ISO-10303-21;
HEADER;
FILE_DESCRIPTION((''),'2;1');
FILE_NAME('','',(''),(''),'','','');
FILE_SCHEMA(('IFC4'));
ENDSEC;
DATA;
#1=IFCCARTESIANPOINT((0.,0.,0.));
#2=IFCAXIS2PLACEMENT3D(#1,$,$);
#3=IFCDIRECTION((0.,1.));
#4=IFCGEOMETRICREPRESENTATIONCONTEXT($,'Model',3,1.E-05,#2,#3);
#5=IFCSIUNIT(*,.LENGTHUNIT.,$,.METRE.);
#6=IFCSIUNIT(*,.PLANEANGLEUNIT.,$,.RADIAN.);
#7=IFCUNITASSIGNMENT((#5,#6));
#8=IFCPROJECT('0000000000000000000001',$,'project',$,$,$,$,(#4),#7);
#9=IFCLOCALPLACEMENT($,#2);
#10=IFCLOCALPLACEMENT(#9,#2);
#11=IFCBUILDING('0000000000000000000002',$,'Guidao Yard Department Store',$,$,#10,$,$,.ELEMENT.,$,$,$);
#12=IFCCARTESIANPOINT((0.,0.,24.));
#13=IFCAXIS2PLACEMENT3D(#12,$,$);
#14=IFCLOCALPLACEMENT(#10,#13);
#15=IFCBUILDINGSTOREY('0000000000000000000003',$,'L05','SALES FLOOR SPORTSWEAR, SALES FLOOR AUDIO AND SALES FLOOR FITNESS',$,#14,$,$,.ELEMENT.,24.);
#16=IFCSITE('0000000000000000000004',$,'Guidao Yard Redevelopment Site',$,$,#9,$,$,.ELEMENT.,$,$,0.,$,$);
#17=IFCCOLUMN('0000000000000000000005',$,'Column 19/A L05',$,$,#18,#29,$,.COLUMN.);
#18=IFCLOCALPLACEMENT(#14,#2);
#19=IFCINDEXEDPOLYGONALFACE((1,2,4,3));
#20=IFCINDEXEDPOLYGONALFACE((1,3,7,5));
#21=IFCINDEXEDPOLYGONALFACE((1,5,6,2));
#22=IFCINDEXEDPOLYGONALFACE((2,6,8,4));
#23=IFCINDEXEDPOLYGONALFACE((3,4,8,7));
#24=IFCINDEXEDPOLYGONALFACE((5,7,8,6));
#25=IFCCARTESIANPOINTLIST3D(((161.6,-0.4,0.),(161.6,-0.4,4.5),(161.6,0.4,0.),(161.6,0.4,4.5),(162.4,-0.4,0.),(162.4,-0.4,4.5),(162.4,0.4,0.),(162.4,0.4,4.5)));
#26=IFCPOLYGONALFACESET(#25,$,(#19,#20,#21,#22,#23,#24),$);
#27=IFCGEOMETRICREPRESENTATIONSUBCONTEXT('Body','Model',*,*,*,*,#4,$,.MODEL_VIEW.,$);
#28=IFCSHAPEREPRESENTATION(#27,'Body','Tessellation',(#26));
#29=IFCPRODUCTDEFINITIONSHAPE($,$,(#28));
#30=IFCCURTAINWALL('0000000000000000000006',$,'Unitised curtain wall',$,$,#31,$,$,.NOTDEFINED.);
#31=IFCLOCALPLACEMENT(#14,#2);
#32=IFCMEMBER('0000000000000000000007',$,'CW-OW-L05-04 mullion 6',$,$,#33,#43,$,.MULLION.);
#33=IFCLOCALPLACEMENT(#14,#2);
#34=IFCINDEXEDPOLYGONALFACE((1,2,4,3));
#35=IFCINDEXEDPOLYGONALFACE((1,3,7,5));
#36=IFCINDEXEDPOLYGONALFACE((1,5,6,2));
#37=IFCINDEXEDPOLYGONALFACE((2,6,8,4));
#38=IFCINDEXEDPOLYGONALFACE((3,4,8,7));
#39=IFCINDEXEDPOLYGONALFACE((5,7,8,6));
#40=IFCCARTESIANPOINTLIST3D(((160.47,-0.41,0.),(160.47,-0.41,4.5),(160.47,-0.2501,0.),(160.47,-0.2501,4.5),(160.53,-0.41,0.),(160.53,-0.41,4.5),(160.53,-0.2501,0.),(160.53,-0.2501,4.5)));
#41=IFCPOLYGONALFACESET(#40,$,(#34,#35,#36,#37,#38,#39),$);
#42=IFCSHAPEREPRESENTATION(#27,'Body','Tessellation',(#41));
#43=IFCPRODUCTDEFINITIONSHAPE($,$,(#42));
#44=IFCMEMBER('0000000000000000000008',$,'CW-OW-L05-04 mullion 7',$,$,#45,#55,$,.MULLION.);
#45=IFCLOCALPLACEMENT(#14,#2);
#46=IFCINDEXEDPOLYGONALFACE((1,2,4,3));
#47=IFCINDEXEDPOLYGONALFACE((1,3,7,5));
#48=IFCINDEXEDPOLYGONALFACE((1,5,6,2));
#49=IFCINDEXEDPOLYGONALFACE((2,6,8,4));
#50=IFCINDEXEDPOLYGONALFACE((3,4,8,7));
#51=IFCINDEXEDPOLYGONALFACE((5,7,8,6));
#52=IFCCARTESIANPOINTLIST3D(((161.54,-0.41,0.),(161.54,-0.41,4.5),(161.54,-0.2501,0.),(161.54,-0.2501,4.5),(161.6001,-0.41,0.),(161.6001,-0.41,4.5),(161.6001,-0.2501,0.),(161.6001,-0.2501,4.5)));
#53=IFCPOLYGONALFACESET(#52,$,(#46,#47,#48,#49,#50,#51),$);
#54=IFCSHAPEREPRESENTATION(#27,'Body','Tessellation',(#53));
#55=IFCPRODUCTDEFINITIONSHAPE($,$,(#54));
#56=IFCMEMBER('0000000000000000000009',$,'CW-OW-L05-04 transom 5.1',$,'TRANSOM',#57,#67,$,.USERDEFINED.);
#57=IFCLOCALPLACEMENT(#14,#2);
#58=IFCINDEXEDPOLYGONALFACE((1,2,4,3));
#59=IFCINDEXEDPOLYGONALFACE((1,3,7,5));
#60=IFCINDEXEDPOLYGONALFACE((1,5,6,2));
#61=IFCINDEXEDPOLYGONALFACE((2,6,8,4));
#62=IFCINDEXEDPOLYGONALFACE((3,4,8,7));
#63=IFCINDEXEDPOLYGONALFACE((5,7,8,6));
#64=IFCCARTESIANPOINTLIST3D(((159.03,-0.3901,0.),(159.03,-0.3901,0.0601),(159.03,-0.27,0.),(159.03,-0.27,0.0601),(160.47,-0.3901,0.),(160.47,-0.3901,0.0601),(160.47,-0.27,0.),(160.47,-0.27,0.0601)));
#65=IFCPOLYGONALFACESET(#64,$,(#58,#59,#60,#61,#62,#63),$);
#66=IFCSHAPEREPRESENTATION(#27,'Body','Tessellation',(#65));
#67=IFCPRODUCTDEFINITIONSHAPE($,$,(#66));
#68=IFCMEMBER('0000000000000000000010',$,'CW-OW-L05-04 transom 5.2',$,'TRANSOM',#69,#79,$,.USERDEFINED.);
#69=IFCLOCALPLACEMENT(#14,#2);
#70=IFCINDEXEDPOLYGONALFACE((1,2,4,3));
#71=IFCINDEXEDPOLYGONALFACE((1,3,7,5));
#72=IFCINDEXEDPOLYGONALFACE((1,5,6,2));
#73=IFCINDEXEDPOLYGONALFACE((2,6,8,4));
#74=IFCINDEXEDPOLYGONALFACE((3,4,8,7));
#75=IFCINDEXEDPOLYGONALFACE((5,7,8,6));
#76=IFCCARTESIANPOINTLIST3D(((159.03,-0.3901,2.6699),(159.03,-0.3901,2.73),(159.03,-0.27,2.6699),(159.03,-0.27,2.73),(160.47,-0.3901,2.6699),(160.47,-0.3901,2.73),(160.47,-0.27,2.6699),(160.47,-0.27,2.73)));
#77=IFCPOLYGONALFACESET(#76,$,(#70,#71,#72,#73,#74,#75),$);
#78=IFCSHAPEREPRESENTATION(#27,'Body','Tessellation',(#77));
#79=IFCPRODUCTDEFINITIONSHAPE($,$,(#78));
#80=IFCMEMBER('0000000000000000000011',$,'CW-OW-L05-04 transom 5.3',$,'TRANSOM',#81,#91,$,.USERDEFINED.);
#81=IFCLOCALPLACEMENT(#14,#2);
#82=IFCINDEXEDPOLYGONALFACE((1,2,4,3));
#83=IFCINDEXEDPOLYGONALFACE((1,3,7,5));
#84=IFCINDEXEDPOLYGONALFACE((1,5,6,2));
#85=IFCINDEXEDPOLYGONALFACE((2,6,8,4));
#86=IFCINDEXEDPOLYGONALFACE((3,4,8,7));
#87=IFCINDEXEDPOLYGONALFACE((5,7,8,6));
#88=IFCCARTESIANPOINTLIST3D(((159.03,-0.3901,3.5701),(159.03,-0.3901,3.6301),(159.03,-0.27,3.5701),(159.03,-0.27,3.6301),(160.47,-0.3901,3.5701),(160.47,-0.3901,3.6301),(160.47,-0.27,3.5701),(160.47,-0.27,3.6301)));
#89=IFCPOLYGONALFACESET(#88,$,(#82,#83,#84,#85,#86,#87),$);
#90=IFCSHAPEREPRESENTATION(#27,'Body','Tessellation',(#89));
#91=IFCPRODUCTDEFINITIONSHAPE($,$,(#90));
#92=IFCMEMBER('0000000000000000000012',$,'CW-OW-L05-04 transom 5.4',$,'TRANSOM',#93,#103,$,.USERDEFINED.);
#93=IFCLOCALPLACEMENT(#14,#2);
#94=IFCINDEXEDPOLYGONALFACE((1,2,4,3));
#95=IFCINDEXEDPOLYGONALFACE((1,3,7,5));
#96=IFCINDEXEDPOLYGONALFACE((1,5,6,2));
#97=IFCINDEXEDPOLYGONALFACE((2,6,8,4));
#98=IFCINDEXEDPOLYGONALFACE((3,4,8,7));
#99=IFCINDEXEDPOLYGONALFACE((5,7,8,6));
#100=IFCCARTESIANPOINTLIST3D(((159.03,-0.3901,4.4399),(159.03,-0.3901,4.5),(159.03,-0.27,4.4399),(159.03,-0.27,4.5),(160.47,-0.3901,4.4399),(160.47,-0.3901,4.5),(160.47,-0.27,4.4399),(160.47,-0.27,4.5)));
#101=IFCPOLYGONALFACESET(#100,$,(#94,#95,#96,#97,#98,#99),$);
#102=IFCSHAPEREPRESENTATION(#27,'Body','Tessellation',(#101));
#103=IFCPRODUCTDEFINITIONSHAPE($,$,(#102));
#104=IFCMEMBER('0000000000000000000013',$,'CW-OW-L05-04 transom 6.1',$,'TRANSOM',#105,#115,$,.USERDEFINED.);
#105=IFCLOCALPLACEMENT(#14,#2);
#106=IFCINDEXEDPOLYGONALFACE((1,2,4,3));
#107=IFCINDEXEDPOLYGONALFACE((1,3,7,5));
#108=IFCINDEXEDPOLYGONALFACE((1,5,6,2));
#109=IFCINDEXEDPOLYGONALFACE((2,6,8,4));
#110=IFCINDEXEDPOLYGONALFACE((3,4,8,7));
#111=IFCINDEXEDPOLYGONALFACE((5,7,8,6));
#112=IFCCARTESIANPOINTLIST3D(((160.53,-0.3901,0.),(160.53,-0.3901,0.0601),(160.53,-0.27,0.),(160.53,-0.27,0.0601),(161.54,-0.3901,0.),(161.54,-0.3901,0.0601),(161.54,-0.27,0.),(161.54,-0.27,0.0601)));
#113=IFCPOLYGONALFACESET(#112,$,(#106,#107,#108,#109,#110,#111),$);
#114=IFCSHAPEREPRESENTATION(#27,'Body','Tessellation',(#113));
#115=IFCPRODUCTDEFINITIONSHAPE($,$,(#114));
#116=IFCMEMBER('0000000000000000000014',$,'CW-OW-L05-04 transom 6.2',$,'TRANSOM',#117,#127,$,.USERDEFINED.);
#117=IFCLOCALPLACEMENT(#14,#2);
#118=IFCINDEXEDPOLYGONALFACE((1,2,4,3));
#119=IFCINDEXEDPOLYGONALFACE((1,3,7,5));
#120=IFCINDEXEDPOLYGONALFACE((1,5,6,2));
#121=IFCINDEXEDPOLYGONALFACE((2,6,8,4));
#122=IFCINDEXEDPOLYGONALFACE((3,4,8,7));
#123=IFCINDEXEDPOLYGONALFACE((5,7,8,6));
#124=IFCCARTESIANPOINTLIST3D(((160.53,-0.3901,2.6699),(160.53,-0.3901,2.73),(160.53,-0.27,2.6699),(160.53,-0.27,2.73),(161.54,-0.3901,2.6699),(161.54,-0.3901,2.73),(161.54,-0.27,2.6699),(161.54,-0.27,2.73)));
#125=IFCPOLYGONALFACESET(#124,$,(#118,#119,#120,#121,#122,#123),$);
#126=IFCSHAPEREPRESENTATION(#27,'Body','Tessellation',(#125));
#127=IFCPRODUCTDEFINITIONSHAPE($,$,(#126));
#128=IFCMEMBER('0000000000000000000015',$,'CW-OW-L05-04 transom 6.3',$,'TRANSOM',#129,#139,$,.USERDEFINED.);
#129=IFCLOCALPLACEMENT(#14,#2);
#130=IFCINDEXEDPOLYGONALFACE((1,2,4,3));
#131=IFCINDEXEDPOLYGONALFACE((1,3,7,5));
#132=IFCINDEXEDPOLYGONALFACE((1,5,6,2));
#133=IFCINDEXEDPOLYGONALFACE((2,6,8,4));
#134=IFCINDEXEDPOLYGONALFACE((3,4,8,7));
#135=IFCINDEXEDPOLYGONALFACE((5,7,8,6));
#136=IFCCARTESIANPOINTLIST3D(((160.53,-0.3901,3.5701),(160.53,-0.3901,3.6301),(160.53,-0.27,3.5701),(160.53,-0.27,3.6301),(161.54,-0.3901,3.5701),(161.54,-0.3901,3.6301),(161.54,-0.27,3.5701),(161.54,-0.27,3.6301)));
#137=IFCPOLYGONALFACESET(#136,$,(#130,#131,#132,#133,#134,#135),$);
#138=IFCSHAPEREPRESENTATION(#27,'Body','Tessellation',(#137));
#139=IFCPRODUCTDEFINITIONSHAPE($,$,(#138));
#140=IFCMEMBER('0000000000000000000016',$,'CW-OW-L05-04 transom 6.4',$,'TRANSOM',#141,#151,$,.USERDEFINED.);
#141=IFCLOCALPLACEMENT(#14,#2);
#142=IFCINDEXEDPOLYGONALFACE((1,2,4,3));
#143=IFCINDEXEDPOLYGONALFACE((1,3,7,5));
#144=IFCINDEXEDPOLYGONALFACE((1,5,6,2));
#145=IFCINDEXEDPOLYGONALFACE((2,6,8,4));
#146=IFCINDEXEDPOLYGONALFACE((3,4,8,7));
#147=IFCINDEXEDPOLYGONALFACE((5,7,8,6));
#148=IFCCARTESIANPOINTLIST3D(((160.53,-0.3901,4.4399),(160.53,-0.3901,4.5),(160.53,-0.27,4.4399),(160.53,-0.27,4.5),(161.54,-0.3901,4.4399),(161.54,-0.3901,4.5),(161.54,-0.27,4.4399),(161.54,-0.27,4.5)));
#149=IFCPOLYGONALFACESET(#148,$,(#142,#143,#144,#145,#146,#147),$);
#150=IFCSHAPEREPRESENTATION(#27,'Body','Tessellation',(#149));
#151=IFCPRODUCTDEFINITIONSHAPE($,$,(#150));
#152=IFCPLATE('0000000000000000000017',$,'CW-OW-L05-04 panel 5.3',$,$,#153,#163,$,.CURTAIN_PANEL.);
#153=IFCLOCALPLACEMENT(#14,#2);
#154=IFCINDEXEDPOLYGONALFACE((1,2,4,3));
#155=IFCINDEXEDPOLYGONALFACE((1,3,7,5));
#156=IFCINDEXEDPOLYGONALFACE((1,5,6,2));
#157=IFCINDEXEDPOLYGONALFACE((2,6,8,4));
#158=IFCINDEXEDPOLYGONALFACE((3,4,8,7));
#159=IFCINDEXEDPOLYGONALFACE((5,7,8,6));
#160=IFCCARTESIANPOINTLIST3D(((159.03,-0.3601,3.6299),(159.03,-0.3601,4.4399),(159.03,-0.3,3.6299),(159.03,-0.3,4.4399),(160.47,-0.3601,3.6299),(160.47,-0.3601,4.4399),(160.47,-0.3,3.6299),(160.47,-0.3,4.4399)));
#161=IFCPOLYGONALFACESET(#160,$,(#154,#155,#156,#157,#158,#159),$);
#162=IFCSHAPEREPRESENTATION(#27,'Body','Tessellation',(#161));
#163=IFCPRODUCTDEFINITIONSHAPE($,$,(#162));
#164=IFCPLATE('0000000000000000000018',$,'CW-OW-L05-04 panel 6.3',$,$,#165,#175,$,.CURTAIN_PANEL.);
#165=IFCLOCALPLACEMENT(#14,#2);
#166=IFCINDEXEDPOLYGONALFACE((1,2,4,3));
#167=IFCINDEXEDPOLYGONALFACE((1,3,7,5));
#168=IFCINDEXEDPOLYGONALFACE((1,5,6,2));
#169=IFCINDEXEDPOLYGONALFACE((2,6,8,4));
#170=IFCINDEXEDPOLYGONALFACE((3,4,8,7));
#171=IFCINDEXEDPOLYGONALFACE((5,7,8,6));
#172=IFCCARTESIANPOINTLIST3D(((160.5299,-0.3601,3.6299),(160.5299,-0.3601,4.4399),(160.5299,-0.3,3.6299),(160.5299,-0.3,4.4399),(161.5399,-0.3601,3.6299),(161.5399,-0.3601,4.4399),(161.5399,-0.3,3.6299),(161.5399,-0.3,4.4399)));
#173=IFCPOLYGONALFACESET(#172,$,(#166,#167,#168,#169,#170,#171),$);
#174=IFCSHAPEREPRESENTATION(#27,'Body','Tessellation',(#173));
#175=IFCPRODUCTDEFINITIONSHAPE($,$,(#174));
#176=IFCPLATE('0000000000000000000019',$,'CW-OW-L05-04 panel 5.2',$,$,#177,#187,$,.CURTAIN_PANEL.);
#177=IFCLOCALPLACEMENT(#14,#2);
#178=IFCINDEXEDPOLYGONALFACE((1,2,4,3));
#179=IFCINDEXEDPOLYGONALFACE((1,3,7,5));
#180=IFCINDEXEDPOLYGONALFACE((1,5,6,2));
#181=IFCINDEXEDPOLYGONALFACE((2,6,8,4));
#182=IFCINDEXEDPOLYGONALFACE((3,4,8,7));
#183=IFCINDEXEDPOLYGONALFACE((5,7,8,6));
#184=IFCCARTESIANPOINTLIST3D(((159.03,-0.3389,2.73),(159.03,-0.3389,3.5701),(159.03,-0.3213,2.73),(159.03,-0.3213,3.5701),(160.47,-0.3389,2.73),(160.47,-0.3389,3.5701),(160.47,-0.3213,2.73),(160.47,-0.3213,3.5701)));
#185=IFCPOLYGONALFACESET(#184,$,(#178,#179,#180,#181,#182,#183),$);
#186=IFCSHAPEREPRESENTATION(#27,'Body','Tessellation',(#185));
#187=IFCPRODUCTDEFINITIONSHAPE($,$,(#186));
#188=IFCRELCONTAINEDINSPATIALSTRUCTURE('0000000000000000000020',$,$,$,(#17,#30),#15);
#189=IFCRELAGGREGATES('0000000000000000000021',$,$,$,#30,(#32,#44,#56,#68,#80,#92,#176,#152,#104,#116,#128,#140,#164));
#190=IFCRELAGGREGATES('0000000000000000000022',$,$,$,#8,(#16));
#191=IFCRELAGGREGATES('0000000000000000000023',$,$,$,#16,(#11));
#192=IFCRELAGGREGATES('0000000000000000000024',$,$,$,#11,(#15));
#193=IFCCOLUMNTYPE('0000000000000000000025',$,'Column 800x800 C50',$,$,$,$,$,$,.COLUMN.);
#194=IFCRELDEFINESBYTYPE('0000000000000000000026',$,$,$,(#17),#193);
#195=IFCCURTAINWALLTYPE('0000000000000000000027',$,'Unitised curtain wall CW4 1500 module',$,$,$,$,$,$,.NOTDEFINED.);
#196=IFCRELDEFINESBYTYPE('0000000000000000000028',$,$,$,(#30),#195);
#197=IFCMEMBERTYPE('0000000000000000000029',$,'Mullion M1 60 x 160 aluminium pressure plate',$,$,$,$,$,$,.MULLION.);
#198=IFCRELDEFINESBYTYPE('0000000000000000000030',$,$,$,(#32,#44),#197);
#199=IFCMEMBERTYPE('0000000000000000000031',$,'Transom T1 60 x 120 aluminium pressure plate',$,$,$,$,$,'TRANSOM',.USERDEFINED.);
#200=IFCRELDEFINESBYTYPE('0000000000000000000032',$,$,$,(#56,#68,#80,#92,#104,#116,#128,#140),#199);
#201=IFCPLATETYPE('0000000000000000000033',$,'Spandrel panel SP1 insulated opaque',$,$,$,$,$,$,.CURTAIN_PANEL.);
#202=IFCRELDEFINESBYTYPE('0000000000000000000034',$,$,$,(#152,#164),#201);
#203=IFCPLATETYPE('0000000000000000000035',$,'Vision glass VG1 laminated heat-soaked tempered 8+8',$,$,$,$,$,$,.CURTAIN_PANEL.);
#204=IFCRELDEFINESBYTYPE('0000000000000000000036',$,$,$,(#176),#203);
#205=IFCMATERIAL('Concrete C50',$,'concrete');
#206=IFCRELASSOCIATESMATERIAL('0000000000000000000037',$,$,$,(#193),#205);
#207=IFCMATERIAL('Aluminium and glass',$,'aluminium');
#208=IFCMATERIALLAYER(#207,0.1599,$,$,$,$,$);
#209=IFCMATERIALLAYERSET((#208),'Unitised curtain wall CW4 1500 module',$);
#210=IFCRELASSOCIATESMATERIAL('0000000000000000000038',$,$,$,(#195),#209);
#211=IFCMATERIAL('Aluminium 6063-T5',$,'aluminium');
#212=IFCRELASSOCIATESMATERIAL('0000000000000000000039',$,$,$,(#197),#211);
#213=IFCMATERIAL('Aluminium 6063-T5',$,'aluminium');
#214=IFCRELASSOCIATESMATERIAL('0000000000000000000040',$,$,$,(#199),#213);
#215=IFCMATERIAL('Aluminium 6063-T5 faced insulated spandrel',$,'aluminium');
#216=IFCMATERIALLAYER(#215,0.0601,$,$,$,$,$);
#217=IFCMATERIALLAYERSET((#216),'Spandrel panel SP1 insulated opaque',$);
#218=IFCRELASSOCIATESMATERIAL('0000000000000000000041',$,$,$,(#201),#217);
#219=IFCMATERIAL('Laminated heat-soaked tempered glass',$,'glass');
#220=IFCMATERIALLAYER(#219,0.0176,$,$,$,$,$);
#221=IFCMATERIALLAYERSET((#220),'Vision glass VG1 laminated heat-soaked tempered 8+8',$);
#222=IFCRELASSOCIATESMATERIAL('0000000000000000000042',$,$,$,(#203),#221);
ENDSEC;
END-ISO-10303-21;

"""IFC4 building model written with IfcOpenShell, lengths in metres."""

from ifc_helpers import new_model, si_unit, direction, frame, origin, origin_2d, place, context, subcontext, project, spatial, rectangle, extrude, material, layer, layer_set, material_profile, profile_set, type_object, element, aggregate, save


model = new_model("IFC4")

# Units and contexts
model_context = context("Model", 3, precision=1e-05, world=origin(), true_north=direction((0.0, 1.0)))
body_context = subcontext(model_context, "Body", "Model", "MODEL_VIEW")
ifc_project = project(units=[si_unit("LENGTHUNIT", "METRE"), si_unit("PLANEANGLEUNIT", "RADIAN")], contexts=[model_context])

# Site, building, storey
site_placement = place(None, origin())
site = spatial("IfcSite", under=ifc_project, at=site_placement, Name="Guidao Yard Redevelopment Site", CompositionType="ELEMENT", RefElevation=0.0)
building_placement = place(site_placement, origin())
building = spatial("IfcBuilding", under=site, at=building_placement, Name="Guidao Yard Department Store", CompositionType="ELEMENT")
storey_placement = place(building_placement, frame((0.0, 0.0, 24.0)))
storey = spatial("IfcBuildingStorey", under=building, at=storey_placement, Name="L05", Description="SALES FLOOR SPORTSWEAR, SALES FLOOR AUDIO AND SALES FLOOR FITNESS", CompositionType="ELEMENT", Elevation=24.0)

# Column
ifc_material_1 = material(Name="Concrete C50", Category="concrete")
ifc_material_profile_1 = material_profile(ifc_material_1, rectangle(XDim=0.8, YDim=0.8, at=origin_2d()), Name="COL 800x800")
ifc_profile_set_1 = profile_set([ifc_material_profile_1], Name="Concrete C50")
column_type = type_object("IfcColumnType", Name="Column 800x800 C50", PredefinedType="COLUMN", material=ifc_profile_set_1)
column_placement = place(storey_placement, frame((162.0, 0.0, 0.0), z_axis=(0.0, 0.0, 1.0), x_axis=(1.0, 0.0, 0.0)))
element("IfcColumn", 1, at=column_placement, inside=storey, type_object=column_type, Name="Column 19/A L05", PredefinedType="COLUMN", context=body_context, shape_type="SweptSolid", body=[
    extrude(rectangle(XDim=0.8, YDim=0.8, at=origin_2d()), origin(), (0.0, 0.0, 1.0), 4.5),
])

# Curtain wall, members, plates
ifc_material_2 = material(Name="Aluminium and glass", Category="aluminium")
ifc_layer_1 = layer(ifc_material_2, 0.1599)
ifc_layer_set_1 = layer_set([ifc_layer_1], Name="Unitised curtain wall CW4 1500 module")
curtain_wall_type = type_object("IfcCurtainWallType", Name="Unitised curtain wall CW4 1500 module", PredefinedType="NOTDEFINED", material=ifc_layer_set_1)
curtain_wall_placement = place(storey_placement, origin())
curtain_wall = element("IfcCurtainWall", 2, at=curtain_wall_placement, inside=storey, type_object=curtain_wall_type, Name="Unitised curtain wall", PredefinedType="NOTDEFINED")
ifc_material_3 = material(Name="Aluminium 6063-T5", Category="aluminium")
ifc_material_profile_2 = material_profile(ifc_material_3, rectangle(XDim=0.0601, YDim=0.1599, at=origin_2d()), Name="Mullion M1 60 x 160 aluminium pressure plate")
ifc_profile_set_2 = profile_set([ifc_material_profile_2], Name="Aluminium 6063-T5")
member_type_1 = type_object("IfcMemberType", Name="Mullion M1 60 x 160 aluminium pressure plate", PredefinedType="MULLION", material=ifc_profile_set_2)
member_1_placement = place(storey_placement, frame((160.5, -0.3301, 0.0), z_axis=(0.0, 0.0, 1.0), x_axis=(-1.0, 0.0, 0.0)))
member_1 = element("IfcMember", 3, at=member_1_placement, type_object=member_type_1, Name="CW-OW-L05-04 mullion 6", PredefinedType="MULLION", context=body_context, shape_type="SweptSolid", body=[
    extrude(rectangle(XDim=0.0601, YDim=0.1599, at=origin_2d()), origin(), (0.0, 0.0, 1.0), 4.5),
])
member_2_placement = place(storey_placement, frame((161.5701, -0.3301, 0.0), z_axis=(0.0, 0.0, 1.0), x_axis=(-1.0, 0.0, 0.0)))
member_2 = element("IfcMember", 4, at=member_2_placement, type_object=member_type_1, Name="CW-OW-L05-04 mullion 7", PredefinedType="MULLION", context=body_context, shape_type="SweptSolid", body=[
    extrude(rectangle(XDim=0.0601, YDim=0.1599, at=origin_2d()), origin(), (0.0, 0.0, 1.0), 4.5),
])
ifc_material_4 = material(Name="Aluminium 6063-T5", Category="aluminium")
ifc_material_profile_3 = material_profile(ifc_material_4, rectangle(XDim=0.1201, YDim=0.0601, at=origin_2d()), Name="Transom T1 60 x 120 aluminium pressure plate")
ifc_profile_set_3 = profile_set([ifc_material_profile_3], Name="Aluminium 6063-T5")
member_type_2 = type_object("IfcMemberType", Name="Transom T1 60 x 120 aluminium pressure plate", ElementType="TRANSOM", PredefinedType="USERDEFINED", material=ifc_profile_set_3)
member_3_placement = place(storey_placement, frame((160.47, -0.3301, 0.03), z_axis=(-1.0, 0.0, 0.0), x_axis=(0.0, -1.0, 0.0)))
member_3 = element("IfcMember", 5, at=member_3_placement, type_object=member_type_2, Name="CW-OW-L05-04 transom 5.1", ObjectType="TRANSOM", PredefinedType="USERDEFINED", context=body_context, shape_type="SweptSolid", body=[
    extrude(rectangle(XDim=0.1201, YDim=0.0601, at=origin_2d()), origin(), (0.0, 0.0, 1.0), 1.4399),
])
member_4_placement = place(storey_placement, frame((160.47, -0.3301, 2.7), z_axis=(-1.0, 0.0, 0.0), x_axis=(0.0, -1.0, 0.0)))
member_4 = element("IfcMember", 6, at=member_4_placement, type_object=member_type_2, Name="CW-OW-L05-04 transom 5.2", ObjectType="TRANSOM", PredefinedType="USERDEFINED", context=body_context, shape_type="SweptSolid", body=[
    extrude(rectangle(XDim=0.1201, YDim=0.0601, at=origin_2d()), origin(), (0.0, 0.0, 1.0), 1.4399),
])
member_5_placement = place(storey_placement, frame((160.47, -0.3301, 3.6001), z_axis=(-1.0, 0.0, 0.0), x_axis=(0.0, -1.0, 0.0)))
member_5 = element("IfcMember", 7, at=member_5_placement, type_object=member_type_2, Name="CW-OW-L05-04 transom 5.3", ObjectType="TRANSOM", PredefinedType="USERDEFINED", context=body_context, shape_type="SweptSolid", body=[
    extrude(rectangle(XDim=0.1201, YDim=0.0601, at=origin_2d()), origin(), (0.0, 0.0, 1.0), 1.4399),
])
member_6_placement = place(storey_placement, frame((160.47, -0.3301, 4.47), z_axis=(-1.0, 0.0, 0.0), x_axis=(0.0, -1.0, 0.0)))
member_6 = element("IfcMember", 8, at=member_6_placement, type_object=member_type_2, Name="CW-OW-L05-04 transom 5.4", ObjectType="TRANSOM", PredefinedType="USERDEFINED", context=body_context, shape_type="SweptSolid", body=[
    extrude(rectangle(XDim=0.1201, YDim=0.0601, at=origin_2d()), origin(), (0.0, 0.0, 1.0), 1.4399),
])
member_7_placement = place(storey_placement, frame((161.54, -0.3301, 0.03), z_axis=(-1.0, 0.0, 0.0), x_axis=(0.0, -1.0, 0.0)))
member_7 = element("IfcMember", 9, at=member_7_placement, type_object=member_type_2, Name="CW-OW-L05-04 transom 6.1", ObjectType="TRANSOM", PredefinedType="USERDEFINED", context=body_context, shape_type="SweptSolid", body=[
    extrude(rectangle(XDim=0.1201, YDim=0.0601, at=origin_2d()), origin(), (0.0, 0.0, 1.0), 1.01),
])
member_8_placement = place(storey_placement, frame((161.54, -0.3301, 2.7), z_axis=(-1.0, 0.0, 0.0), x_axis=(0.0, -1.0, 0.0)))
member_8 = element("IfcMember", 10, at=member_8_placement, type_object=member_type_2, Name="CW-OW-L05-04 transom 6.2", ObjectType="TRANSOM", PredefinedType="USERDEFINED", context=body_context, shape_type="SweptSolid", body=[
    extrude(rectangle(XDim=0.1201, YDim=0.0601, at=origin_2d()), origin(), (0.0, 0.0, 1.0), 1.01),
])
member_9_placement = place(storey_placement, frame((161.54, -0.3301, 3.6001), z_axis=(-1.0, 0.0, 0.0), x_axis=(0.0, -1.0, 0.0)))
member_9 = element("IfcMember", 11, at=member_9_placement, type_object=member_type_2, Name="CW-OW-L05-04 transom 6.3", ObjectType="TRANSOM", PredefinedType="USERDEFINED", context=body_context, shape_type="SweptSolid", body=[
    extrude(rectangle(XDim=0.1201, YDim=0.0601, at=origin_2d()), origin(), (0.0, 0.0, 1.0), 1.01),
])
member_10_placement = place(storey_placement, frame((161.54, -0.3301, 4.47), z_axis=(-1.0, 0.0, 0.0), x_axis=(0.0, -1.0, 0.0)))
member_10 = element("IfcMember", 12, at=member_10_placement, type_object=member_type_2, Name="CW-OW-L05-04 transom 6.4", ObjectType="TRANSOM", PredefinedType="USERDEFINED", context=body_context, shape_type="SweptSolid", body=[
    extrude(rectangle(XDim=0.1201, YDim=0.0601, at=origin_2d()), origin(), (0.0, 0.0, 1.0), 1.01),
])
ifc_material_5 = material(Name="Aluminium 6063-T5 faced insulated spandrel", Category="aluminium")
ifc_layer_2 = layer(ifc_material_5, 0.0601)
ifc_layer_set_2 = layer_set([ifc_layer_2], Name="Spandrel panel SP1 insulated opaque")
plate_type_1 = type_object("IfcPlateType", Name="Spandrel panel SP1 insulated opaque", PredefinedType="CURTAIN_PANEL", material=ifc_layer_set_2)
plate_1_placement = place(storey_placement, frame((159.75, -0.3301, 3.6299), z_axis=(0.0, 0.0, 1.0), x_axis=(-1.0, 0.0, 0.0)))
plate_1 = element("IfcPlate", 13, at=plate_1_placement, type_object=plate_type_1, Name="CW-OW-L05-04 panel 5.3", PredefinedType="CURTAIN_PANEL", context=body_context, shape_type="SweptSolid", body=[
    extrude(rectangle(XDim=1.4399, YDim=0.0601, at=origin_2d()), origin(), (0.0, 0.0, 1.0), 0.8101),
])
plate_2_placement = place(storey_placement, frame((161.0349, -0.3301, 3.6299), z_axis=(0.0, 0.0, 1.0), x_axis=(-1.0, 0.0, 0.0)))
plate_2 = element("IfcPlate", 14, at=plate_2_placement, type_object=plate_type_1, Name="CW-OW-L05-04 panel 6.3", PredefinedType="CURTAIN_PANEL", context=body_context, shape_type="SweptSolid", body=[
    extrude(rectangle(XDim=1.01, YDim=0.0601, at=origin_2d()), origin(), (0.0, 0.0, 1.0), 0.8101),
])
ifc_material_6 = material(Name="Laminated heat-soaked tempered glass", Category="glass")
ifc_layer_3 = layer(ifc_material_6, 0.0176)
ifc_layer_set_3 = layer_set([ifc_layer_3], Name="Vision glass VG1 laminated heat-soaked tempered 8+8")
plate_type_2 = type_object("IfcPlateType", Name="Vision glass VG1 laminated heat-soaked tempered 8+8", PredefinedType="CURTAIN_PANEL", material=ifc_layer_set_3)
plate_3_placement = place(storey_placement, frame((159.75, -0.3301, 2.73), z_axis=(0.0, 0.0, 1.0), x_axis=(-1.0, 0.0, 0.0)))
plate_3 = element("IfcPlate", 15, at=plate_3_placement, type_object=plate_type_2, Name="CW-OW-L05-04 panel 5.2", PredefinedType="CURTAIN_PANEL", context=body_context, shape_type="SweptSolid", body=[
    extrude(rectangle(XDim=1.4399, YDim=0.0176, at=origin_2d()), origin(), (0.0, 0.0, 1.0), 0.8401),
])
aggregate(curtain_wall, [member_1, member_2, member_3, member_4, member_5, member_6, plate_3, plate_1, member_7, member_8, member_9, member_10, plate_2])

save(model, "model.ifc")
